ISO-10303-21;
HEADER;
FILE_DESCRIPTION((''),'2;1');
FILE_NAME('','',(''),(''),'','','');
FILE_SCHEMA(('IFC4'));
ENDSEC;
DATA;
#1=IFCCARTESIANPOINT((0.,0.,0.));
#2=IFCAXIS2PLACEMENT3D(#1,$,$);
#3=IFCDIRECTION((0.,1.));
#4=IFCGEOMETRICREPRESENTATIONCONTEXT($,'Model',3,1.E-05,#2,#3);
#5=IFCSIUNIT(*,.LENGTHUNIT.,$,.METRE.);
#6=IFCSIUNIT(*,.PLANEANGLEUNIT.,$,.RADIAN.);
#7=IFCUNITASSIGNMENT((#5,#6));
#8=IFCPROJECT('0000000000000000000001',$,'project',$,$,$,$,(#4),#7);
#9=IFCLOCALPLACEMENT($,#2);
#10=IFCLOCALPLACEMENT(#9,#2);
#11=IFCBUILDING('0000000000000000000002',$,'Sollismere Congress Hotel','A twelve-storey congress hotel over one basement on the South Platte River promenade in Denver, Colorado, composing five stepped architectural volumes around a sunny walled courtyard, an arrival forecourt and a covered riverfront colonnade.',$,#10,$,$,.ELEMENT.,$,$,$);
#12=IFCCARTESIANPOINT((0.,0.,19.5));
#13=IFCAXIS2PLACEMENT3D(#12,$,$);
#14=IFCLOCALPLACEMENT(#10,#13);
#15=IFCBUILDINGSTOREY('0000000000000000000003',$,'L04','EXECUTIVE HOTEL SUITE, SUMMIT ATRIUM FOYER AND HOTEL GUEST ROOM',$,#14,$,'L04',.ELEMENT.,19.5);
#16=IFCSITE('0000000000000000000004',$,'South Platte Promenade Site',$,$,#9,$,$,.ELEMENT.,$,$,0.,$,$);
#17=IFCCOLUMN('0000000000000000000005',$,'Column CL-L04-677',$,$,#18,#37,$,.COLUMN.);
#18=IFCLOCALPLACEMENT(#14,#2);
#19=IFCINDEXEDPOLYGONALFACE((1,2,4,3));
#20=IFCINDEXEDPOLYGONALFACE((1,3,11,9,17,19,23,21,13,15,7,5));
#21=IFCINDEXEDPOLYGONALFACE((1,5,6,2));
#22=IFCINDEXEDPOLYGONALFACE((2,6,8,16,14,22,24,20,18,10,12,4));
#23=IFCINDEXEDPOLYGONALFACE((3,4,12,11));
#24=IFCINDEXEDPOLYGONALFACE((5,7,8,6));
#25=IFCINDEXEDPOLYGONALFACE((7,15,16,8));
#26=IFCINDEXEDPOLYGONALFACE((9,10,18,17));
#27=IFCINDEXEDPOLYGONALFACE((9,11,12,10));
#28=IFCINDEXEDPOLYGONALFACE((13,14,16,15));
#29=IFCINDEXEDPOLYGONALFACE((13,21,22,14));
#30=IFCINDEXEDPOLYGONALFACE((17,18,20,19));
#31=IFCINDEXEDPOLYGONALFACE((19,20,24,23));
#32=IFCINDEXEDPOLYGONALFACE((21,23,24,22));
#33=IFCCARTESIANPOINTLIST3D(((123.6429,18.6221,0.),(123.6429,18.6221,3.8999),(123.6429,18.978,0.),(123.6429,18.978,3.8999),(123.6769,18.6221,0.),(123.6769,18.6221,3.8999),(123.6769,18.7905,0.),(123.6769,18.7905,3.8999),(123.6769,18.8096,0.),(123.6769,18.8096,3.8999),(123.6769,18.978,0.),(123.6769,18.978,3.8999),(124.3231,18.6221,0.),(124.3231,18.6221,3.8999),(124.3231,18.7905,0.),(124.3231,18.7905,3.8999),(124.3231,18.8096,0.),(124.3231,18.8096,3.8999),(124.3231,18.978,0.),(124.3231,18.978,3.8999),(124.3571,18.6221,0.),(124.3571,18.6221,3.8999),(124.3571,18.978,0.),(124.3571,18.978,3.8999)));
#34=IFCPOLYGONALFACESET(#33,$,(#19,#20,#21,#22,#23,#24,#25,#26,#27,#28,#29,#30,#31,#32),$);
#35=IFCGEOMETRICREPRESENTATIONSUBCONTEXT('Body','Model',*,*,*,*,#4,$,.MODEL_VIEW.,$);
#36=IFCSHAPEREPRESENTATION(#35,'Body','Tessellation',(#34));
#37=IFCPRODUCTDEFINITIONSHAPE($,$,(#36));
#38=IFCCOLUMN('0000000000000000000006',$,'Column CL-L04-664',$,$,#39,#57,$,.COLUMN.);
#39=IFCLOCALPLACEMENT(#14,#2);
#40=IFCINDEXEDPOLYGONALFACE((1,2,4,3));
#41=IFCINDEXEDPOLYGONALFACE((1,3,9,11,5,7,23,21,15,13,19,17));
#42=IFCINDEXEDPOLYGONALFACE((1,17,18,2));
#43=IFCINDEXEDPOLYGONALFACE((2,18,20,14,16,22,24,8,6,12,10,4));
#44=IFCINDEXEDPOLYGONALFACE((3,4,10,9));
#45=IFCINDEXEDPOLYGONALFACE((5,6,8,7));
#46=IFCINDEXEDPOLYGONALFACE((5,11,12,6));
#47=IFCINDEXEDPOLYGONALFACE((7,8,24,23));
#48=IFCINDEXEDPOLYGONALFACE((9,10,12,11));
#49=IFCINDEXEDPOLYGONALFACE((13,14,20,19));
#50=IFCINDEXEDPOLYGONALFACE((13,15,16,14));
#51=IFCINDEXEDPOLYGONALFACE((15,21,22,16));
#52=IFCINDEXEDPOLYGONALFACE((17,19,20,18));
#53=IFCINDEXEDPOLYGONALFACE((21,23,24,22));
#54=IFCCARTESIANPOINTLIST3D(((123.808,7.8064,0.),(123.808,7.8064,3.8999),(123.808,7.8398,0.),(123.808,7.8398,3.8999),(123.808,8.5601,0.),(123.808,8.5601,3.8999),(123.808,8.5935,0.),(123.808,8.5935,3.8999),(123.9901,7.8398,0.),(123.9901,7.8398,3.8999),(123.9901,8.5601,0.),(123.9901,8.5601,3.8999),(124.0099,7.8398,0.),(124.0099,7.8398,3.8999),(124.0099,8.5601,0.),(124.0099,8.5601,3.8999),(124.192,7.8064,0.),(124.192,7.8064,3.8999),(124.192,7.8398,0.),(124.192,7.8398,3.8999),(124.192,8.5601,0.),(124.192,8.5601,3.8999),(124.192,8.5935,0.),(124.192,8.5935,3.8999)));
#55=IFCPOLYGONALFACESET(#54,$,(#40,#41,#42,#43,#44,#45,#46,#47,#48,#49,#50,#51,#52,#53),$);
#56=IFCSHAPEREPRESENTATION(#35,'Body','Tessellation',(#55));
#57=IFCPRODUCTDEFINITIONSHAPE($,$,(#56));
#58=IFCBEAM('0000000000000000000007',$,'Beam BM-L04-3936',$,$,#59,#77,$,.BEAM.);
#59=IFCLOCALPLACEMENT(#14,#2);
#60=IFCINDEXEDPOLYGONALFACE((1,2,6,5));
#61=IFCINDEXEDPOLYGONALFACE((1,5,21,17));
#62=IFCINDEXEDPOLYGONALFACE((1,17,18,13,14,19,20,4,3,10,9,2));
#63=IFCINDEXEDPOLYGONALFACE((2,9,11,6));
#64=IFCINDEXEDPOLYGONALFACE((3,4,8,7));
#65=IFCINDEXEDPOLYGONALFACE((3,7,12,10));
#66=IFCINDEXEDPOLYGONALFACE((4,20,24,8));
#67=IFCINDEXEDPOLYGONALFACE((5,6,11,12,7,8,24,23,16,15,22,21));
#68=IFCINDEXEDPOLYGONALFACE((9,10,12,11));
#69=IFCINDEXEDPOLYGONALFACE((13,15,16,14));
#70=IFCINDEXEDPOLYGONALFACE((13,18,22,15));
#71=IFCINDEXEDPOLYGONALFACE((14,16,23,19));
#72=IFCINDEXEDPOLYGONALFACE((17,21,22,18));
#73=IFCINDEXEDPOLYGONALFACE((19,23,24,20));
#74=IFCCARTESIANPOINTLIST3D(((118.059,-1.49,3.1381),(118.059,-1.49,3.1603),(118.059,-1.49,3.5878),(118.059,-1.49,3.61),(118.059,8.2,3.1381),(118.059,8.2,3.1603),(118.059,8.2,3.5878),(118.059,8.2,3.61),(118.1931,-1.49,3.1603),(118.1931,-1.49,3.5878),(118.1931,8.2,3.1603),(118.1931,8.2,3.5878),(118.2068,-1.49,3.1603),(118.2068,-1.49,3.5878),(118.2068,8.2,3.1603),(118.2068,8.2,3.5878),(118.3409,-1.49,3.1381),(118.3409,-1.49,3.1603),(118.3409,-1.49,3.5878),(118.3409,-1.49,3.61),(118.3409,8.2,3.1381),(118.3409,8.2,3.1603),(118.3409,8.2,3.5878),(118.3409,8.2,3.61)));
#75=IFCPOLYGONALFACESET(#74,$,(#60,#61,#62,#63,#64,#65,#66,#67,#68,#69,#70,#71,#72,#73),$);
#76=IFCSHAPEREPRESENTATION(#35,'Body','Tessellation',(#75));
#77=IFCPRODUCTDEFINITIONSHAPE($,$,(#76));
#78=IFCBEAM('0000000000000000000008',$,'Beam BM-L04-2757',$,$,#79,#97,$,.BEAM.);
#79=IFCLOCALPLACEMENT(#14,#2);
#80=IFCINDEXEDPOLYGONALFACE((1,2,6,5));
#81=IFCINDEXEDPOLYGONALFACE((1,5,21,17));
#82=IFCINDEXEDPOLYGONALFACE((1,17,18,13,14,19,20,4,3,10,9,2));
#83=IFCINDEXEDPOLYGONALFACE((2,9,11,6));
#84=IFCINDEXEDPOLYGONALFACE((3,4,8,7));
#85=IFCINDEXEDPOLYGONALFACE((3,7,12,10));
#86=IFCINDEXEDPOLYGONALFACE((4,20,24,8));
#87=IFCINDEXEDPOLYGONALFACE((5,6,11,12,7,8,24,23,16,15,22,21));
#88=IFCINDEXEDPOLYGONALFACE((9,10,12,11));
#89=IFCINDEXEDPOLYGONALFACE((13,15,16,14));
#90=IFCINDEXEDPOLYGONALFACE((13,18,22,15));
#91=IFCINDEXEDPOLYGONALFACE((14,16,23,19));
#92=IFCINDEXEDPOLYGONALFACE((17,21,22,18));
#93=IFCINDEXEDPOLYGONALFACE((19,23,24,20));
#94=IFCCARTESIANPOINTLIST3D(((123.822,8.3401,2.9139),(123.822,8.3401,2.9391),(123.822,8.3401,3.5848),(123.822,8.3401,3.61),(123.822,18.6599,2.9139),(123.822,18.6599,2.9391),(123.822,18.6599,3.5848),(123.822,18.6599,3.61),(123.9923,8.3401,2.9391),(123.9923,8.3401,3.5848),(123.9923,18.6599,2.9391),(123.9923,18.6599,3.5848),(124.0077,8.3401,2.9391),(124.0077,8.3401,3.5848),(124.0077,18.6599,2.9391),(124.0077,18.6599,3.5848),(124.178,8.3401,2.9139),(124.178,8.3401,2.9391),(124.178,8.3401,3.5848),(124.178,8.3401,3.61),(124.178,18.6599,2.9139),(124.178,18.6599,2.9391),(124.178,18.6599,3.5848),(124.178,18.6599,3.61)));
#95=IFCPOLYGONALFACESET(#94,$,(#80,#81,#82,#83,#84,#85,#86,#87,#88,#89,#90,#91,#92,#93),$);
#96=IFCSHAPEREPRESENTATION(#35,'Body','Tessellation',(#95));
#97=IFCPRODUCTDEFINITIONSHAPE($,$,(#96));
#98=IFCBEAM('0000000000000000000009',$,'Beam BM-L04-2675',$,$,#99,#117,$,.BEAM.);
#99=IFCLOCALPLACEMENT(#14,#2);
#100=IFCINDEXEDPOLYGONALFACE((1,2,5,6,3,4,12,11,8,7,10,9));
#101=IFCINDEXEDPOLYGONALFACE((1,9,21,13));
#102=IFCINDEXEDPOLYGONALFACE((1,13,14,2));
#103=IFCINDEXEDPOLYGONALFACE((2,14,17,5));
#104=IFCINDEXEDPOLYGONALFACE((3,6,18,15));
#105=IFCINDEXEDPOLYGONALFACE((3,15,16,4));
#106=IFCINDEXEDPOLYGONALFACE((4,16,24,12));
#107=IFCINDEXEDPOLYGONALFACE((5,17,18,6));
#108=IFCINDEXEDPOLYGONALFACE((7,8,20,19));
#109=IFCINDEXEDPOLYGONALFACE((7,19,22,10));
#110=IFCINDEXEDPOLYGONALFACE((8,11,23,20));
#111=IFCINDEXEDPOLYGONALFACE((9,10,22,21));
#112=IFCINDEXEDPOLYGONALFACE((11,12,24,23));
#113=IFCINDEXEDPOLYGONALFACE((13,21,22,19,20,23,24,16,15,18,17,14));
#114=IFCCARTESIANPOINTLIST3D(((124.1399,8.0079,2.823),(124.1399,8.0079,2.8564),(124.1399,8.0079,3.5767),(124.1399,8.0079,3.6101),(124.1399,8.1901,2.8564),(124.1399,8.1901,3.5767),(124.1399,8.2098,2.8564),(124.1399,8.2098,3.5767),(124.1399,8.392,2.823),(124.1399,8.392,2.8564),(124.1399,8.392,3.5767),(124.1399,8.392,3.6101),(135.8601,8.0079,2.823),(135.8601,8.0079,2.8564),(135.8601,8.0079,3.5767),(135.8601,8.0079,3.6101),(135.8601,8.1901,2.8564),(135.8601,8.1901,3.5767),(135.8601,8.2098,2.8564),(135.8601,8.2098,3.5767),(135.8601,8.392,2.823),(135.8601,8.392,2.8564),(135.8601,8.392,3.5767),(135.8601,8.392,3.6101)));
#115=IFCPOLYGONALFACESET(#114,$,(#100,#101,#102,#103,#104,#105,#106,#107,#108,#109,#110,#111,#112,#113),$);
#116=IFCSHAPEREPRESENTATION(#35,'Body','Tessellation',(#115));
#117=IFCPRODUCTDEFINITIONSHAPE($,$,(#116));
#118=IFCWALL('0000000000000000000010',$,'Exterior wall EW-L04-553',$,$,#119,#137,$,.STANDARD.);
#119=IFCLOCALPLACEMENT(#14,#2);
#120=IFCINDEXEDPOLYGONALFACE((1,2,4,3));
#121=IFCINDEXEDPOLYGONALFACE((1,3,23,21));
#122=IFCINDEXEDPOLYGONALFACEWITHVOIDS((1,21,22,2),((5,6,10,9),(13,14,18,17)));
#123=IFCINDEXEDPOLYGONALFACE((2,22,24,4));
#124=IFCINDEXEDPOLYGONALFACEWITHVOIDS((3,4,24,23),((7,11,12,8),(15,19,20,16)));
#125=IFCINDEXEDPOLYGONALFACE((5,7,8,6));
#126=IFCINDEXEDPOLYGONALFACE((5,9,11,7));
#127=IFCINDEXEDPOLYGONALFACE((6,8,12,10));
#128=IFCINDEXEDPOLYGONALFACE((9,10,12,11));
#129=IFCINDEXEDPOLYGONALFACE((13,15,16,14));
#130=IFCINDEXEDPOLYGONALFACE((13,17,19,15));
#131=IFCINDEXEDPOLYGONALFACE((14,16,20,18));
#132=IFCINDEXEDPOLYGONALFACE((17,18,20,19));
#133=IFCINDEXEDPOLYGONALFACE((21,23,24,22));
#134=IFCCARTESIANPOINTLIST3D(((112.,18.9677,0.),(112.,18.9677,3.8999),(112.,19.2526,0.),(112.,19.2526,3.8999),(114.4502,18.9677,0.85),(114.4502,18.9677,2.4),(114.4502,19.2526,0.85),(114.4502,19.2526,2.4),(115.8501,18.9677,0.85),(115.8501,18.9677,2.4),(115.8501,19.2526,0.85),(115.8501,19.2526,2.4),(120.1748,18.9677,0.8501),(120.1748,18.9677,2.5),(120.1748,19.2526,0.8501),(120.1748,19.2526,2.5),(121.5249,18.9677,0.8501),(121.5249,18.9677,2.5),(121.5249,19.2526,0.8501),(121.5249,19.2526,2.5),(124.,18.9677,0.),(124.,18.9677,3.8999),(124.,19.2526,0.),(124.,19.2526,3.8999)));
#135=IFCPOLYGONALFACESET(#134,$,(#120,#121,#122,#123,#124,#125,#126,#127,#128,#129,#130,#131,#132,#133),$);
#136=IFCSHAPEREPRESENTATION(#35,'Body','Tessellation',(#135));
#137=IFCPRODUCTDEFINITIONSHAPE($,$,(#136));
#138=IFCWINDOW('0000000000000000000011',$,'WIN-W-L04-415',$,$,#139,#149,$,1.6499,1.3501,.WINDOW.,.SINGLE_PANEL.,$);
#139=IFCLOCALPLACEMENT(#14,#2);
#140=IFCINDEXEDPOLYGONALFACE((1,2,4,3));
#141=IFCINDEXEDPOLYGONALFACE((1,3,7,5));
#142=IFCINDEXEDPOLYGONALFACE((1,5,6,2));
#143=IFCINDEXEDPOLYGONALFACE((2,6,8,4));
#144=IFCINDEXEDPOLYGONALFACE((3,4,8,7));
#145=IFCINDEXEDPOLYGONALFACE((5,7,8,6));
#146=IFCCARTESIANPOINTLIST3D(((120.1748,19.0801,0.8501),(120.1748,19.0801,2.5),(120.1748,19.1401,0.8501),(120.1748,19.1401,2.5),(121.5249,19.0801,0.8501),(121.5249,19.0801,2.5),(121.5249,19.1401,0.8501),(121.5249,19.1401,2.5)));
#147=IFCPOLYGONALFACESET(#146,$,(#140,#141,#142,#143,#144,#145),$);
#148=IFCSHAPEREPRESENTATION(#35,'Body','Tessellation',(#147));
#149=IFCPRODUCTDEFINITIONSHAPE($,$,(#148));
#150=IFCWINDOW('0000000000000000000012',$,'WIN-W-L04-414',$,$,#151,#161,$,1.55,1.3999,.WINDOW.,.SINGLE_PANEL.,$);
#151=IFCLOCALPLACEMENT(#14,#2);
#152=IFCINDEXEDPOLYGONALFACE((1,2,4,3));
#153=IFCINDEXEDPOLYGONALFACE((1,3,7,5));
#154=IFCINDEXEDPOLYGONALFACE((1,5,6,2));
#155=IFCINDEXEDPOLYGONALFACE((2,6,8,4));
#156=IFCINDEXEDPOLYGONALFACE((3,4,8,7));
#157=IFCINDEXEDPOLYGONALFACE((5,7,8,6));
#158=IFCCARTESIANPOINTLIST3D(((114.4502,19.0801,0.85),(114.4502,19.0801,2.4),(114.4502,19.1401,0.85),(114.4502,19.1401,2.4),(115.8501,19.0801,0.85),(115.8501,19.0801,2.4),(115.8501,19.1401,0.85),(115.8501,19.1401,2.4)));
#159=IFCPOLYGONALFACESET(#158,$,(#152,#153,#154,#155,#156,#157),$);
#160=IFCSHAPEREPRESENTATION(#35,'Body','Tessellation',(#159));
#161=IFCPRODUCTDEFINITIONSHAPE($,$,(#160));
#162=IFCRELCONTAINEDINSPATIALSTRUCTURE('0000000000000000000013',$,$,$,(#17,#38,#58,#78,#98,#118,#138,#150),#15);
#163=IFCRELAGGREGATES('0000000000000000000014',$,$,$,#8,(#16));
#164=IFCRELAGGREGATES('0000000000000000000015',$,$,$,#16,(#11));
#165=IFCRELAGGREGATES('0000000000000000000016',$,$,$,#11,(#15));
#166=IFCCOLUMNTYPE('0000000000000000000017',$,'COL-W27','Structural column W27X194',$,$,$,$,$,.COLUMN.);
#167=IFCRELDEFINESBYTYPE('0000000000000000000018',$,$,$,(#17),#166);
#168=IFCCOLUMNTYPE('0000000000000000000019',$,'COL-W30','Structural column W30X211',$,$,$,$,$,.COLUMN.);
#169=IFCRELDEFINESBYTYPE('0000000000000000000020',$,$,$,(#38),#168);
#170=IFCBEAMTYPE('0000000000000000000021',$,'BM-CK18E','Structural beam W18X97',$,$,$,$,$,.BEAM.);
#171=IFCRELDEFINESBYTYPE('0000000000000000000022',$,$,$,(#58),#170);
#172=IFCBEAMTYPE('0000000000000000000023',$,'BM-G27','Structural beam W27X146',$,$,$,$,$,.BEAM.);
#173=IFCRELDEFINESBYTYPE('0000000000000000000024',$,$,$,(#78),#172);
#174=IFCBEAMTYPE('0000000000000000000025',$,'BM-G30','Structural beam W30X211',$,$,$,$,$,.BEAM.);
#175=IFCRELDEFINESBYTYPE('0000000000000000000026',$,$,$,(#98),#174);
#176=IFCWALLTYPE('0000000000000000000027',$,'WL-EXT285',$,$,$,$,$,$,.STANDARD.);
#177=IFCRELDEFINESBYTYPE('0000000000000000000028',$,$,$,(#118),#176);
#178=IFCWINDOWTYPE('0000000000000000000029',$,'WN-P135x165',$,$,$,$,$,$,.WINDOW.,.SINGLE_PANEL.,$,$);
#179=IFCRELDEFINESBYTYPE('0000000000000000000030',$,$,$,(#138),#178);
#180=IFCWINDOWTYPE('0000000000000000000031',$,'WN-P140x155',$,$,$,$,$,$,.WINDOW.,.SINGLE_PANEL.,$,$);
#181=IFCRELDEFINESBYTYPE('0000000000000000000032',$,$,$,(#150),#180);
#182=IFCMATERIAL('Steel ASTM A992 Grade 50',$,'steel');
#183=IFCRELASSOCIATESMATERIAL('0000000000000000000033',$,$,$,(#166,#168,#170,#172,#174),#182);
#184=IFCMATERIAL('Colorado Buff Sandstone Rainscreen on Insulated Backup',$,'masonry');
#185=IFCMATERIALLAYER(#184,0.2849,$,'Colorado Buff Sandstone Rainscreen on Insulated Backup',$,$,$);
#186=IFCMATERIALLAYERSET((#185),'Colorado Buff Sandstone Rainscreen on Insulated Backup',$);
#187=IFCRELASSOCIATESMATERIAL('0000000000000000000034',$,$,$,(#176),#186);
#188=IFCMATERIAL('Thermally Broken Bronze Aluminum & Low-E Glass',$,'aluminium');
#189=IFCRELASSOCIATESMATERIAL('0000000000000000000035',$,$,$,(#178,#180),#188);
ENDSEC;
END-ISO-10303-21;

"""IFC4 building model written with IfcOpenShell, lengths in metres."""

from ifc_helpers import new_model, si_unit, direction, frame, frame_2d, origin, origin_2d, place, context, subcontext, project, spatial, rectangle, i_section, extrude, material, layer, layer_set, material_profile, profile_set, type_object, element, fill, save


model = new_model("IFC4")

# Units and contexts
model_context = context("Model", 3, precision=1e-05, world=origin(), true_north=direction((0.0, 1.0)))
body_context = subcontext(model_context, "Body", "Model", "MODEL_VIEW")
ifc_project = project(units=[si_unit("LENGTHUNIT", "METRE"), si_unit("PLANEANGLEUNIT", "RADIAN")], contexts=[model_context])

# Site, building, storey
site_placement = place(None, origin())
site = spatial("IfcSite", under=ifc_project, at=site_placement, Name="South Platte Promenade Site", CompositionType="ELEMENT", RefElevation=0.0)
building_placement = place(site_placement, origin())
building = spatial("IfcBuilding", under=site, at=building_placement, Name="Sollismere Congress Hotel", Description="A twelve-storey congress hotel over one basement on the South Platte River promenade in Denver, Colorado, composing five stepped architectural volumes around a sunny walled courtyard, an arrival forecourt and a covered riverfront colonnade.", CompositionType="ELEMENT")
storey_placement = place(building_placement, frame((0.0, 0.0, 19.5)))
storey = spatial("IfcBuildingStorey", under=building, at=storey_placement, Name="L04", Description="EXECUTIVE HOTEL SUITE, SUMMIT ATRIUM FOYER AND HOTEL GUEST ROOM", LongName="L04", CompositionType="ELEMENT", Elevation=19.5)

# Columns
ifc_material_1 = material(Name="Steel ASTM A992 Grade 50", Category="steel")
ifc_material_profile_1 = material_profile(ifc_material_1, i_section(OverallWidth=0.356, OverallDepth=0.7141, WebThickness=0.019, FlangeThickness=0.0339, at=origin_2d()), Name="W27X194")
ifc_profile_set_1 = profile_set([ifc_material_profile_1], Name="Steel ASTM A992 Grade 50")
column_type_1 = type_object("IfcColumnType", Name="COL-W27", Description="Structural column W27X194", PredefinedType="COLUMN", material=ifc_profile_set_1)
column_1_placement = place(storey_placement, frame((124.0, 18.8, 0.0), z_axis=(0.0, 0.0, 1.0), x_axis=(0.0, 1.0, 0.0)))
element("IfcColumn", 1, at=column_1_placement, inside=storey, type_object=column_type_1, Name="Column CL-L04-677", PredefinedType="COLUMN", context=body_context, shape_type="SweptSolid", body=[
    extrude(i_section(OverallWidth=0.356, OverallDepth=0.7141, WebThickness=0.019, FlangeThickness=0.0339, at=origin_2d()), origin(), (0.0, 0.0, 1.0), 3.8999),
])
ifc_material_profile_2 = material_profile(ifc_material_1, i_section(OverallWidth=0.384, OverallDepth=0.7871, WebThickness=0.0198, FlangeThickness=0.0334, at=origin_2d()), Name="W30X211")
ifc_profile_set_2 = profile_set([ifc_material_profile_2], Name="Steel ASTM A992 Grade 50")
column_type_2 = type_object("IfcColumnType", Name="COL-W30", Description="Structural column W30X211", PredefinedType="COLUMN", material=ifc_profile_set_2)
column_2_placement = place(storey_placement, frame((124.0, 8.2, 0.0), z_axis=(0.0, 0.0, 1.0), x_axis=(1.0, 0.0, 0.0)))
element("IfcColumn", 2, at=column_2_placement, inside=storey, type_object=column_type_2, Name="Column CL-L04-664", PredefinedType="COLUMN", context=body_context, shape_type="SweptSolid", body=[
    extrude(i_section(OverallWidth=0.384, OverallDepth=0.7871, WebThickness=0.0198, FlangeThickness=0.0334, at=origin_2d()), origin(), (0.0, 0.0, 1.0), 3.8999),
])

# Beams
ifc_material_profile_3 = material_profile(ifc_material_1, i_section(OverallWidth=0.282, OverallDepth=0.4719, WebThickness=0.0137, FlangeThickness=0.0222, at=origin_2d()), Name="W18X97")
ifc_profile_set_3 = profile_set([ifc_material_profile_3], Name="Steel ASTM A992 Grade 50")
beam_type_1 = type_object("IfcBeamType", Name="BM-CK18E", Description="Structural beam W18X97", PredefinedType="BEAM", material=ifc_profile_set_3)
beam_1_placement = place(storey_placement, frame((118.2, 8.2, 3.374), z_axis=(0.0, -1.0, 0.0), x_axis=(1.0, 0.0, 0.0)))
element("IfcBeam", 3, at=beam_1_placement, inside=storey, type_object=beam_type_1, Name="Beam BM-L04-3936", PredefinedType="BEAM", context=body_context, shape_type="SweptSolid", body=[
    extrude(i_section(OverallWidth=0.282, OverallDepth=0.4719, WebThickness=0.0137, FlangeThickness=0.0222, at=origin_2d()), origin(), (0.0, 0.0, 1.0), 9.6899),
])
ifc_material_profile_4 = material_profile(ifc_material_1, i_section(OverallWidth=0.356, OverallDepth=0.696, WebThickness=0.0154, FlangeThickness=0.0251, at=origin_2d()), Name="W27X146")
ifc_profile_set_4 = profile_set([ifc_material_profile_4], Name="Steel ASTM A992 Grade 50")
beam_type_2 = type_object("IfcBeamType", Name="BM-G27", Description="Structural beam W27X146", PredefinedType="BEAM", material=ifc_profile_set_4)
beam_2_placement = place(storey_placement, frame((124.0, 8.3401, 3.262), z_axis=(0.0, 1.0, 0.0), x_axis=(-1.0, 0.0, 0.0)))
element("IfcBeam", 4, at=beam_2_placement, inside=storey, type_object=beam_type_2, Name="Beam BM-L04-2757", PredefinedType="BEAM", context=body_context, shape_type="SweptSolid", body=[
    extrude(i_section(OverallWidth=0.356, OverallDepth=0.696, WebThickness=0.0154, FlangeThickness=0.0251, at=origin_2d()), origin(), (0.0, 0.0, 1.0), 10.3198),
])
ifc_material_profile_5 = material_profile(ifc_material_1, i_section(OverallWidth=0.384, OverallDepth=0.7871, WebThickness=0.0198, FlangeThickness=0.0334, at=origin_2d()), Name="W30X211")
ifc_profile_set_5 = profile_set([ifc_material_profile_5], Name="Steel ASTM A992 Grade 50")
beam_type_3 = type_object("IfcBeamType", Name="BM-G30", Description="Structural beam W30X211", PredefinedType="BEAM", material=ifc_profile_set_5)
beam_3_placement = place(storey_placement, frame((124.1399, 8.2, 3.2166), z_axis=(1.0, 0.0, 0.0), x_axis=(0.0, 1.0, 0.0)))
element("IfcBeam", 5, at=beam_3_placement, inside=storey, type_object=beam_type_3, Name="Beam BM-L04-2675", PredefinedType="BEAM", context=body_context, shape_type="SweptSolid", body=[
    extrude(i_section(OverallWidth=0.384, OverallDepth=0.7871, WebThickness=0.0198, FlangeThickness=0.0334, at=origin_2d()), origin(), (0.0, 0.0, 1.0), 11.7202),
])

# Wall, openings, windows
ifc_material_2 = material(Name="Colorado Buff Sandstone Rainscreen on Insulated Backup", Category="masonry")
ifc_layer_1 = layer(ifc_material_2, 0.2849, Name="Colorado Buff Sandstone Rainscreen on Insulated Backup")
ifc_layer_set_1 = layer_set([ifc_layer_1], Name="Colorado Buff Sandstone Rainscreen on Insulated Backup")
wall_type_1 = type_object("IfcWallType", Name="WL-EXT285", PredefinedType="STANDARD", material=ifc_layer_set_1)
wall_1_placement = place(storey_placement, frame((124.0, 19.1101, 0.0), z_axis=(0.0, 0.0, 1.0), x_axis=(-1.0, 0.0, 0.0)))
wall_1 = element("IfcWall", 6, at=wall_1_placement, inside=storey, type_object=wall_type_1, Name="Exterior wall EW-L04-553", PredefinedType="STANDARD", context=body_context, shape_type="SweptSolid", body=[
    extrude(rectangle(XDim=12.0, YDim=0.2849, at=frame_2d((6.0, 0.0))), origin(), (0.0, 0.0, 1.0), 3.8999),
])
opening_1_placement = place(wall_1_placement, frame((8.1499, 0.0, 0.8501)))
opening_1 = element("IfcOpeningElement", 7, at=opening_1_placement, cuts=wall_1, PredefinedType="OPENING", context=body_context, shape_type="SweptSolid", body=[
    extrude(rectangle(XDim=1.3999, YDim=1.55, at=frame_2d((0.7, 0.7749))), frame((0.0, 0.1523, 0.0), z_axis=(0.0, -1.0, 0.0), x_axis=(1.0, 0.0, 0.0)), (0.0, 0.0, 1.0), 0.3049),
])
opening_2_placement = place(wall_1_placement, frame((2.4751, 0.0, 0.8501)))
opening_2 = element("IfcOpeningElement", 8, at=opening_2_placement, cuts=wall_1, PredefinedType="OPENING", context=body_context, shape_type="SweptSolid", body=[
    extrude(rectangle(XDim=1.3501, YDim=1.6499, at=frame_2d((0.675, 0.825))), frame((0.0, 0.1523, 0.0), z_axis=(0.0, -1.0, 0.0), x_axis=(1.0, 0.0, 0.0)), (0.0, 0.0, 1.0), 0.3049),
])
ifc_material_3 = material(Name="Thermally Broken Bronze Aluminum & Low-E Glass", Category="aluminium")
window_type_1 = type_object("IfcWindowType", Name="WN-P135x165", PartitioningType="SINGLE_PANEL", PredefinedType="WINDOW", material=ifc_material_3)
window_1_placement = place(opening_2_placement, origin())
window_1 = element("IfcWindow", 9, at=window_1_placement, inside=storey, type_object=window_type_1, Name="WIN-W-L04-415", OverallHeight=1.6499, OverallWidth=1.3501, PartitioningType="SINGLE_PANEL", PredefinedType="WINDOW", context=body_context, shape_type="SweptSolid", body=[
    extrude(rectangle(XDim=1.3501, YDim=1.6499, at=frame_2d((0.675, 0.825))), frame((0.0, 0.03, 0.0), z_axis=(0.0, -1.0, 0.0), x_axis=(1.0, 0.0, 0.0)), (0.0, 0.0, 1.0), 0.0601),
])
fill(opening_2, window_1)
window_type_2 = type_object("IfcWindowType", Name="WN-P140x155", PartitioningType="SINGLE_PANEL", PredefinedType="WINDOW", material=ifc_material_3)
window_2_placement = place(opening_1_placement, origin())
window_2 = element("IfcWindow", 10, at=window_2_placement, inside=storey, type_object=window_type_2, Name="WIN-W-L04-414", OverallHeight=1.55, OverallWidth=1.3999, PartitioningType="SINGLE_PANEL", PredefinedType="WINDOW", context=body_context, shape_type="SweptSolid", body=[
    extrude(rectangle(XDim=1.3999, YDim=1.55, at=frame_2d((0.7, 0.7749))), frame((0.0, 0.03, 0.0), z_axis=(0.0, -1.0, 0.0), x_axis=(1.0, 0.0, 0.0)), (0.0, 0.0, 1.0), 0.0601),
])
fill(opening_1, window_2)

save(model, "model.ifc")
